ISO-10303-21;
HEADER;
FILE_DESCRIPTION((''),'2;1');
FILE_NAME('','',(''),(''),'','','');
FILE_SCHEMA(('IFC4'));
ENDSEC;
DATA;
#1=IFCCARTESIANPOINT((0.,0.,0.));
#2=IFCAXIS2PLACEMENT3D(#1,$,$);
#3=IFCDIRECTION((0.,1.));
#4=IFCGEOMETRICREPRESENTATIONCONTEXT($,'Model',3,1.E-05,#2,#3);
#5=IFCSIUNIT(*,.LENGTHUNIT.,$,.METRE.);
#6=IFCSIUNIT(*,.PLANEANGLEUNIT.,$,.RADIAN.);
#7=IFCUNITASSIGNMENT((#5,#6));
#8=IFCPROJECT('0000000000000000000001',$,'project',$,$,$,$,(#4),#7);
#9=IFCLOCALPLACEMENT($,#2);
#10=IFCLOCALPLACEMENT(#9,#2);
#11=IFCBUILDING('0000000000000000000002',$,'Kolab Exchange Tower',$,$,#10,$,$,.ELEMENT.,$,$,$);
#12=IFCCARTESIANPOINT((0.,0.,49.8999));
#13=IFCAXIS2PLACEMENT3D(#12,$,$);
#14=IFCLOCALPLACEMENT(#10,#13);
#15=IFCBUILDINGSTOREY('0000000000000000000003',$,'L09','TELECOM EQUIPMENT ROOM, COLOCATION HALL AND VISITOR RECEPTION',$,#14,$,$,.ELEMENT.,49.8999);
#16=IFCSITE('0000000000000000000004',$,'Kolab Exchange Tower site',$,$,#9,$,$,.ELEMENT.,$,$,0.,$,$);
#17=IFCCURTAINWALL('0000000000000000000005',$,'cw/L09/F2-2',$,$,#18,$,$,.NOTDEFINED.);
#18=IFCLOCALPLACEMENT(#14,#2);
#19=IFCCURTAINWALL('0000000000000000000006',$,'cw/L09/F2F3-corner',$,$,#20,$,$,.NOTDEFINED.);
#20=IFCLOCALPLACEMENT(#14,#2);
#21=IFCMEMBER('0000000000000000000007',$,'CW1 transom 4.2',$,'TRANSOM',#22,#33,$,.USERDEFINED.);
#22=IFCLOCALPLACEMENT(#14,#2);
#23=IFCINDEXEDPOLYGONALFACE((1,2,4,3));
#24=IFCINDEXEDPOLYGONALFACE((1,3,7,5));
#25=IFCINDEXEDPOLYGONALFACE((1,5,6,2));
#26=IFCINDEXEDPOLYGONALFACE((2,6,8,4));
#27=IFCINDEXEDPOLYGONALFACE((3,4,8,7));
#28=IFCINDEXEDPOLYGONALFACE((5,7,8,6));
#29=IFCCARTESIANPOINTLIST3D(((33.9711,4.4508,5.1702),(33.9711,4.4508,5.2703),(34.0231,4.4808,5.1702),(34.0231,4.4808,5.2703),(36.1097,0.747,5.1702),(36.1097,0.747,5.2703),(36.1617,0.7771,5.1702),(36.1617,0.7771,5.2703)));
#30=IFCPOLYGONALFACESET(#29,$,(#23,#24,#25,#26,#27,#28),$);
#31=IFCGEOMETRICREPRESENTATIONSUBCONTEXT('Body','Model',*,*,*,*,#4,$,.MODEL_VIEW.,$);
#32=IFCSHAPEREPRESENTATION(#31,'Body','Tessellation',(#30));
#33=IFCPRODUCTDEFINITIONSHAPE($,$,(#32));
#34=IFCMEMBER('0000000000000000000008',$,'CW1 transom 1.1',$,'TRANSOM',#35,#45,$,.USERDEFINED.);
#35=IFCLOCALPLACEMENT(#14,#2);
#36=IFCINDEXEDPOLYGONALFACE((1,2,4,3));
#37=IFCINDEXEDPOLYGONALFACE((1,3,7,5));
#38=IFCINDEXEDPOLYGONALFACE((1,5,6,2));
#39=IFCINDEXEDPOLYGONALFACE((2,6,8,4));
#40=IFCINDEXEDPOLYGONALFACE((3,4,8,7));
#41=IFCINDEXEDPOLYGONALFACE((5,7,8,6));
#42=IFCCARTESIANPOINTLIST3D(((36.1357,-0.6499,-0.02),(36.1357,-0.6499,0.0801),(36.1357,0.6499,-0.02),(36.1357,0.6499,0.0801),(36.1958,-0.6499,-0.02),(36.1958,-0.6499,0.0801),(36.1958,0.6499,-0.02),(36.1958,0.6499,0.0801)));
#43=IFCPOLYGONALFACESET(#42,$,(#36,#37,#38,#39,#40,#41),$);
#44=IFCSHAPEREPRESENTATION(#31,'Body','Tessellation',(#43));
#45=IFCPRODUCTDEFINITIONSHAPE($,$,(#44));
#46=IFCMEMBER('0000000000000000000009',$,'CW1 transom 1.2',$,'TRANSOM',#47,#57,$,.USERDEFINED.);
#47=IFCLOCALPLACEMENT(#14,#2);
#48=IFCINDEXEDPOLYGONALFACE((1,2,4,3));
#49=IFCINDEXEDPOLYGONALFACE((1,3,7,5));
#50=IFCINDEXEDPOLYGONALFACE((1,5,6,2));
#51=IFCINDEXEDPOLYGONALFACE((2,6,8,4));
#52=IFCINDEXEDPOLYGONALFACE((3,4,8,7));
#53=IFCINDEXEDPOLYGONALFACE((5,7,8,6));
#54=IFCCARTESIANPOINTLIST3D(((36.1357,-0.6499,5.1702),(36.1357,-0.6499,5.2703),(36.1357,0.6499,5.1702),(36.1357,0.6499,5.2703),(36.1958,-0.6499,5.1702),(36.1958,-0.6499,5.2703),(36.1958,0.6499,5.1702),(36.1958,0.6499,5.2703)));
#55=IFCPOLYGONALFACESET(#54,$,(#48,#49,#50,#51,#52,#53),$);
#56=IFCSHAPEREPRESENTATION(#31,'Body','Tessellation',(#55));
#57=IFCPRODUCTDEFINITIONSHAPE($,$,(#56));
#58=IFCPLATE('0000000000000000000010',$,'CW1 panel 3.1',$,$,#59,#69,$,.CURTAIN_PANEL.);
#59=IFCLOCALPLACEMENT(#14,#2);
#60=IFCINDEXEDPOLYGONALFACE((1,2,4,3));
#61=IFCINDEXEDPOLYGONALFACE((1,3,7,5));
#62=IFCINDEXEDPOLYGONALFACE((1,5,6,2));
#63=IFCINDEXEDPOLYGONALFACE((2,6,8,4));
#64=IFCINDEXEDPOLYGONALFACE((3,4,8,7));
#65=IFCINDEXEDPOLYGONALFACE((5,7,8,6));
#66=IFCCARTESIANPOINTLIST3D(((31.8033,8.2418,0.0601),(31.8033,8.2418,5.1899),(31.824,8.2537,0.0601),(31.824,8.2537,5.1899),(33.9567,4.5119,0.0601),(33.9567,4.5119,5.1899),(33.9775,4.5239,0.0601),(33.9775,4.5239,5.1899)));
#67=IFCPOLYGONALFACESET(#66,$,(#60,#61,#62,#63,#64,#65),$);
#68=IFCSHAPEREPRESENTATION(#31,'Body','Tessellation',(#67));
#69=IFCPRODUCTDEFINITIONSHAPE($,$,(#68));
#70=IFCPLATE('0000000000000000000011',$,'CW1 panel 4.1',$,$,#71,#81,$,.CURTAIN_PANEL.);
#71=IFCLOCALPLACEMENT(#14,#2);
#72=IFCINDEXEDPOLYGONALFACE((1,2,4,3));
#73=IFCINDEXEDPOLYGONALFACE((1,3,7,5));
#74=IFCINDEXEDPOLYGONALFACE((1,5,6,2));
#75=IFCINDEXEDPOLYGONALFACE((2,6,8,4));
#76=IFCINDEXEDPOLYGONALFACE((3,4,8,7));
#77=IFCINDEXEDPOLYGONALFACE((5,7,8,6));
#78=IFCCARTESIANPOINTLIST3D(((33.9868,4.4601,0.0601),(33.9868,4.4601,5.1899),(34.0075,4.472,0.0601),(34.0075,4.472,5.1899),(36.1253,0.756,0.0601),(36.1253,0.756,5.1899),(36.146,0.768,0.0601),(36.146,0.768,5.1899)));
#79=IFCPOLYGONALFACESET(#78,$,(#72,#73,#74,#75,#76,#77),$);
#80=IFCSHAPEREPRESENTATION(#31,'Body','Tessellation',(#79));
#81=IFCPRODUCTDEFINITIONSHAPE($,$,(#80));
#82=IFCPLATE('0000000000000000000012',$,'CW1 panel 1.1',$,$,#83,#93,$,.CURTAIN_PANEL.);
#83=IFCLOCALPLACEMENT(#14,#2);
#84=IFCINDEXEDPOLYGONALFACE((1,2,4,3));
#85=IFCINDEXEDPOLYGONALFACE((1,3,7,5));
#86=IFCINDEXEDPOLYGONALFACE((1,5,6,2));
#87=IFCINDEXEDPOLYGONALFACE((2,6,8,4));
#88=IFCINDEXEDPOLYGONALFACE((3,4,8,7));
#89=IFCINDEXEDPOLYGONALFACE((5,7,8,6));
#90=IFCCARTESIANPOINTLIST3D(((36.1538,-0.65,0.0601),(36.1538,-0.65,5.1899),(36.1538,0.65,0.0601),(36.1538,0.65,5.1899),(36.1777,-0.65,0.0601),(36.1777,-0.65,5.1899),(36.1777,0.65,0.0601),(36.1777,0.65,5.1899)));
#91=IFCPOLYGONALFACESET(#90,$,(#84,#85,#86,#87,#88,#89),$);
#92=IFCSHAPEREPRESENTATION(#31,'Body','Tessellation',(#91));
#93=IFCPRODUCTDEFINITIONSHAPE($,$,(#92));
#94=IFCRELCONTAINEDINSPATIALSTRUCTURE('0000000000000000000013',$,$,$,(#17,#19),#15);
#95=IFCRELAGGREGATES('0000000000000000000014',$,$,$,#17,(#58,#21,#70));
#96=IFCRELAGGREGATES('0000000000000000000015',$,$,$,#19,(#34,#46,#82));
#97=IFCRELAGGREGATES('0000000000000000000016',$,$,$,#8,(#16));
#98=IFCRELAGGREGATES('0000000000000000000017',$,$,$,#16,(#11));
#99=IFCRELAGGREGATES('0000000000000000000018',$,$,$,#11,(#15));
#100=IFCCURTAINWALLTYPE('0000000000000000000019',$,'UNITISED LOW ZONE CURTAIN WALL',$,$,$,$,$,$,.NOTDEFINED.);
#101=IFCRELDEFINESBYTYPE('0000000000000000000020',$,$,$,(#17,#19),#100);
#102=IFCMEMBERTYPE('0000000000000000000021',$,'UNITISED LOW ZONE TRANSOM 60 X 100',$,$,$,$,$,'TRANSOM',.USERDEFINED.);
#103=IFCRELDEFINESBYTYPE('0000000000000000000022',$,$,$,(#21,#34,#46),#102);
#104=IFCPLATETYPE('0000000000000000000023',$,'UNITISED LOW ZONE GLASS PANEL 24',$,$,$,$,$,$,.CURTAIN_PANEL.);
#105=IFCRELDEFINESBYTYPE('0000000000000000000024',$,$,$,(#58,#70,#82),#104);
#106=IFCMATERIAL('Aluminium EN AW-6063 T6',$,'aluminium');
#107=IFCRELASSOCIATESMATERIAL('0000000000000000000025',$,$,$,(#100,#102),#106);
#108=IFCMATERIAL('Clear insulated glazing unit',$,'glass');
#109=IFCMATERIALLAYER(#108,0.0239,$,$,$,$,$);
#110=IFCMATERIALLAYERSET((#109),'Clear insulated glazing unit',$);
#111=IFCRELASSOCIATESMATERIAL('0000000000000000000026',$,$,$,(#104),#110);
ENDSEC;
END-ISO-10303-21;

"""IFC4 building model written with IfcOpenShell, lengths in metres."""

from ifc_helpers import new_model, si_unit, direction, frame, origin, origin_2d, place, context, subcontext, project, spatial, rectangle, extrude, material, layer, layer_set, material_profile, profile_set, type_object, element, aggregate, save


model = new_model("IFC4")

# Units and contexts
model_context = context("Model", 3, precision=1e-05, world=origin(), true_north=direction((0.0, 1.0)))
body_context = subcontext(model_context, "Body", "Model", "MODEL_VIEW")
ifc_project = project(units=[si_unit("LENGTHUNIT", "METRE"), si_unit("PLANEANGLEUNIT", "RADIAN")], contexts=[model_context])

# Site, building, storey
site_placement = place(None, origin())
site = spatial("IfcSite", under=ifc_project, at=site_placement, Name="Kolab Exchange Tower site", CompositionType="ELEMENT", RefElevation=0.0)
building_placement = place(site_placement, origin())
building = spatial("IfcBuilding", under=site, at=building_placement, Name="Kolab Exchange Tower", CompositionType="ELEMENT")
storey_placement = place(building_placement, frame((0.0, 0.0, 49.8999)))
storey = spatial("IfcBuildingStorey", under=building, at=storey_placement, Name="L09", Description="TELECOM EQUIPMENT ROOM, COLOCATION HALL AND VISITOR RECEPTION", CompositionType="ELEMENT", Elevation=49.8999)

# Curtain wall
ifc_material_1 = material(Name="Aluminium EN AW-6063 T6", Category="aluminium")
curtain_wall_type = type_object("IfcCurtainWallType", Name="UNITISED LOW ZONE CURTAIN WALL", PredefinedType="NOTDEFINED", material=ifc_material_1)
curtain_wall_1_placement = place(storey_placement, origin())
curtain_wall_1 = element("IfcCurtainWall", 1, at=curtain_wall_1_placement, inside=storey, type_object=curtain_wall_type, Name="cw/L09/F2-2", PredefinedType="NOTDEFINED")

# Curtain wall
curtain_wall_2_placement = place(storey_placement, origin())
curtain_wall_2 = element("IfcCurtainWall", 2, at=curtain_wall_2_placement, inside=storey, type_object=curtain_wall_type, Name="cw/L09/F2F3-corner", PredefinedType="NOTDEFINED")

# Members
ifc_material_profile_1 = material_profile(ifc_material_1, rectangle(XDim=0.0601, YDim=0.1001, at=origin_2d()), Name="RECT 60X100")
ifc_profile_set_1 = profile_set([ifc_material_profile_1], Name="Aluminium EN AW-6063 T6")
member_type_1 = type_object("IfcMemberType", Name="UNITISED LOW ZONE TRANSOM 60 X 100", ElementType="TRANSOM", PredefinedType="USERDEFINED", material=ifc_profile_set_1)
member_1_placement = place(storey_placement, frame((33.9971, 4.4658, 5.2202), z_axis=(0.500044, -0.866, 0.0), x_axis=(0.866, 0.500044, 0.0)))
member_1 = element("IfcMember", 3, at=member_1_placement, type_object=member_type_1, Name="CW1 transom 4.2", ObjectType="TRANSOM", PredefinedType="USERDEFINED", context=body_context, shape_type="SweptSolid", body=[
    extrude(rectangle(XDim=0.0601, YDim=0.1001, at=origin_2d()), origin(), (0.0, 0.0, 1.0), 4.2769),
])
member_2_placement = place(storey_placement, frame((36.1658, 0.6499, 0.03), z_axis=(0.0, -1.0, 0.0), x_axis=(1.0, 0.0, 0.0)))
member_2 = element("IfcMember", 4, at=member_2_placement, type_object=member_type_1, Name="CW1 transom 1.1", ObjectType="TRANSOM", PredefinedType="USERDEFINED", context=body_context, shape_type="SweptSolid", body=[
    extrude(rectangle(XDim=0.0601, YDim=0.1001, at=origin_2d()), origin(), (0.0, 0.0, 1.0), 1.2998),
])
member_3_placement = place(storey_placement, frame((36.1658, 0.6499, 5.2202), z_axis=(0.0, -1.0, 0.0), x_axis=(1.0, 0.0, 0.0)))
member_3 = element("IfcMember", 5, at=member_3_placement, type_object=member_type_1, Name="CW1 transom 1.2", ObjectType="TRANSOM", PredefinedType="USERDEFINED", context=body_context, shape_type="SweptSolid", body=[
    extrude(rectangle(XDim=0.0601, YDim=0.1001, at=origin_2d()), origin(), (0.0, 0.0, 1.0), 1.2998),
])

# Plates
ifc_material_2 = material(Name="Clear insulated glazing unit", Category="glass")
ifc_layer = layer(ifc_material_2, 0.0239)
ifc_layer_set = layer_set([ifc_layer], Name="Clear insulated glazing unit")
plate_type = type_object("IfcPlateType", Name="UNITISED LOW ZONE GLASS PANEL 24", PredefinedType="CURTAIN_PANEL", material=ifc_layer_set)
plate_1_placement = place(storey_placement, frame((32.8904, 6.3828, 0.0601), z_axis=(0.0, 0.0, 1.0), x_axis=(0.5, -0.866025, 0.0)))
plate_1 = element("IfcPlate", 6, at=plate_1_placement, type_object=plate_type, Name="CW1 panel 3.1", PredefinedType="CURTAIN_PANEL", context=body_context, shape_type="SweptSolid", body=[
    extrude(rectangle(XDim=4.3069, YDim=0.0239, at=origin_2d()), origin(), (0.0, 0.0, 1.0), 5.1299),
])
plate_2_placement = place(storey_placement, frame((35.0664, 2.614, 0.0601), z_axis=(0.0, 0.0, 1.0), x_axis=(0.5, -0.866025, 0.0)))
plate_2 = element("IfcPlate", 7, at=plate_2_placement, type_object=plate_type, Name="CW1 panel 4.1", PredefinedType="CURTAIN_PANEL", context=body_context, shape_type="SweptSolid", body=[
    extrude(rectangle(XDim=4.2771, YDim=0.0239, at=origin_2d()), origin(), (0.0, 0.0, 1.0), 5.1299),
])
aggregate(curtain_wall_1, [plate_1, member_1, plate_2])
plate_3_placement = place(storey_placement, frame((36.1658, 0.0, 0.0601), z_axis=(0.0, 0.0, 1.0), x_axis=(0.0, -1.0, 0.0)))
plate_3 = element("IfcPlate", 8, at=plate_3_placement, type_object=plate_type, Name="CW1 panel 1.1", PredefinedType="CURTAIN_PANEL", context=body_context, shape_type="SweptSolid", body=[
    extrude(rectangle(XDim=1.3, YDim=0.0239, at=origin_2d()), origin(), (0.0, 0.0, 1.0), 5.1299),
])
aggregate(curtain_wall_2, [member_2, member_3, plate_3])

save(model, "model.ifc")
